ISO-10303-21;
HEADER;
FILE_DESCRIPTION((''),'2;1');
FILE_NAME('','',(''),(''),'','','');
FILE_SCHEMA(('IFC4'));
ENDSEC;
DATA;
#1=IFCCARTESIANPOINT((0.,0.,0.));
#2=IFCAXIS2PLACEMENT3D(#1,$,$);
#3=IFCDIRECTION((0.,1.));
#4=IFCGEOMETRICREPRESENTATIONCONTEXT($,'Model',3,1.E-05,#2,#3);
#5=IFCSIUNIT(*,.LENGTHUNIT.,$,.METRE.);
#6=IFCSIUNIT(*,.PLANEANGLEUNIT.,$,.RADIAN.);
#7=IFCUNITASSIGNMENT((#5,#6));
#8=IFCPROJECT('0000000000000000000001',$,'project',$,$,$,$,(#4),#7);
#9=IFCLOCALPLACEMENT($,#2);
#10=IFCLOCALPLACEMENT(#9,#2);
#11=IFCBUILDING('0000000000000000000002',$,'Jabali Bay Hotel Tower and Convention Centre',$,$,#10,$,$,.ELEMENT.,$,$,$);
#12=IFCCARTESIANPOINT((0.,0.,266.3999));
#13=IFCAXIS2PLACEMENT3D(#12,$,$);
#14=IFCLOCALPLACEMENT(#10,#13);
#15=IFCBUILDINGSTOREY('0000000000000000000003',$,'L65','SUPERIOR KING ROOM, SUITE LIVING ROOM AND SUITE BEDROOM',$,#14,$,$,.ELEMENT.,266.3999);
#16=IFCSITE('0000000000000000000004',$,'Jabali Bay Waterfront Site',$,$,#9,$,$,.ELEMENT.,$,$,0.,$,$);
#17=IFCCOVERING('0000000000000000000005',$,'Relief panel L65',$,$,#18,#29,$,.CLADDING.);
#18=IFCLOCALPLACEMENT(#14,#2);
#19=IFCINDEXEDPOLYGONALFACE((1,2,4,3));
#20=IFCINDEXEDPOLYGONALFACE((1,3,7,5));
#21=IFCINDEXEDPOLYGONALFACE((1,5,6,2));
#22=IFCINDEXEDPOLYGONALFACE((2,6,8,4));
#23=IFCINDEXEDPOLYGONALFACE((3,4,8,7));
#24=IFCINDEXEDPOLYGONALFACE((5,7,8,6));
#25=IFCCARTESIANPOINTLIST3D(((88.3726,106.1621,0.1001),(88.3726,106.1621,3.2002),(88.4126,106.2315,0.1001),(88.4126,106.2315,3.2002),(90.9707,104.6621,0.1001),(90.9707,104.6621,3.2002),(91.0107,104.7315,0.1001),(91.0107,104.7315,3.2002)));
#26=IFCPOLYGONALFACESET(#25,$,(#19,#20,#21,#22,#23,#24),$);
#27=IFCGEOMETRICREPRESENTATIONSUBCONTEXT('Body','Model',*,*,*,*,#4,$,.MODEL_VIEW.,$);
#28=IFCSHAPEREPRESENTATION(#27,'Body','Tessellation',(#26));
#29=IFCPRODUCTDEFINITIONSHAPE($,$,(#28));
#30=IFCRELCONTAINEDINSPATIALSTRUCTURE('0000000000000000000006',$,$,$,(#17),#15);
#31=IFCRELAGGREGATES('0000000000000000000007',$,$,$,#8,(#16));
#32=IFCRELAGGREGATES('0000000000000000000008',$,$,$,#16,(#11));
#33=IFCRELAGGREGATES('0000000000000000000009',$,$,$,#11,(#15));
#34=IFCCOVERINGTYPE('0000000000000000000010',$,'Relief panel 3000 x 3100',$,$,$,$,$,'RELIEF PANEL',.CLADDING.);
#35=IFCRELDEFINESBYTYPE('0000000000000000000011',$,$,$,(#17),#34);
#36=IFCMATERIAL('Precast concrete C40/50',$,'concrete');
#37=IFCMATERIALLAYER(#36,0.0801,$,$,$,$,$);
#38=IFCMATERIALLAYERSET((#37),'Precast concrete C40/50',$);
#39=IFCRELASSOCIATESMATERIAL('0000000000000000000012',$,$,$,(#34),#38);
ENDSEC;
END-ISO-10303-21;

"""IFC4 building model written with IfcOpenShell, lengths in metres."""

from ifc_helpers import new_model, si_unit, direction, frame, origin, origin_2d, place, context, subcontext, project, spatial, rectangle, extrude, material, layer, layer_set, type_object, element, save


model = new_model("IFC4")

# Units and contexts
model_context = context("Model", 3, precision=1e-05, world=origin(), true_north=direction((0.0, 1.0)))
body_context = subcontext(model_context, "Body", "Model", "MODEL_VIEW")
ifc_project = project(units=[si_unit("LENGTHUNIT", "METRE"), si_unit("PLANEANGLEUNIT", "RADIAN")], contexts=[model_context])

# Site, building, storey
site_placement = place(None, origin())
site = spatial("IfcSite", under=ifc_project, at=site_placement, Name="Jabali Bay Waterfront Site", CompositionType="ELEMENT", RefElevation=0.0)
building_placement = place(site_placement, origin())
building = spatial("IfcBuilding", under=site, at=building_placement, Name="Jabali Bay Hotel Tower and Convention Centre", CompositionType="ELEMENT")
storey_placement = place(building_placement, frame((0.0, 0.0, 266.3999)))
storey = spatial("IfcBuildingStorey", under=building, at=storey_placement, Name="L65", Description="SUPERIOR KING ROOM, SUITE LIVING ROOM AND SUITE BEDROOM", CompositionType="ELEMENT", Elevation=266.3999)

# Covering
ifc_material_1 = material(Name="Precast concrete C40/50", Category="concrete")
ifc_layer_1 = layer(ifc_material_1, 0.0801)
ifc_layer_set_1 = layer_set([ifc_layer_1], Name="Precast concrete C40/50")
covering_type = type_object("IfcCoveringType", Name="Relief panel 3000 x 3100", ElementType="RELIEF PANEL", PredefinedType="CLADDING", material=ifc_layer_set_1)
covering_placement = place(storey_placement, frame((89.6917, 105.4468, 0.1001), z_axis=(0.0, 0.0, 1.0), x_axis=(0.866025, -0.5, 0.0)))
element("IfcCovering", 1, at=covering_placement, inside=storey, type_object=covering_type, Name="Relief panel L65", PredefinedType="CLADDING", context=body_context, shape_type="SweptSolid", body=[
    extrude(rectangle(XDim=3.0, YDim=0.0801, at=origin_2d()), origin(), (0.0, 0.0, 1.0), 3.1001),
])

save(model, "model.ifc")
